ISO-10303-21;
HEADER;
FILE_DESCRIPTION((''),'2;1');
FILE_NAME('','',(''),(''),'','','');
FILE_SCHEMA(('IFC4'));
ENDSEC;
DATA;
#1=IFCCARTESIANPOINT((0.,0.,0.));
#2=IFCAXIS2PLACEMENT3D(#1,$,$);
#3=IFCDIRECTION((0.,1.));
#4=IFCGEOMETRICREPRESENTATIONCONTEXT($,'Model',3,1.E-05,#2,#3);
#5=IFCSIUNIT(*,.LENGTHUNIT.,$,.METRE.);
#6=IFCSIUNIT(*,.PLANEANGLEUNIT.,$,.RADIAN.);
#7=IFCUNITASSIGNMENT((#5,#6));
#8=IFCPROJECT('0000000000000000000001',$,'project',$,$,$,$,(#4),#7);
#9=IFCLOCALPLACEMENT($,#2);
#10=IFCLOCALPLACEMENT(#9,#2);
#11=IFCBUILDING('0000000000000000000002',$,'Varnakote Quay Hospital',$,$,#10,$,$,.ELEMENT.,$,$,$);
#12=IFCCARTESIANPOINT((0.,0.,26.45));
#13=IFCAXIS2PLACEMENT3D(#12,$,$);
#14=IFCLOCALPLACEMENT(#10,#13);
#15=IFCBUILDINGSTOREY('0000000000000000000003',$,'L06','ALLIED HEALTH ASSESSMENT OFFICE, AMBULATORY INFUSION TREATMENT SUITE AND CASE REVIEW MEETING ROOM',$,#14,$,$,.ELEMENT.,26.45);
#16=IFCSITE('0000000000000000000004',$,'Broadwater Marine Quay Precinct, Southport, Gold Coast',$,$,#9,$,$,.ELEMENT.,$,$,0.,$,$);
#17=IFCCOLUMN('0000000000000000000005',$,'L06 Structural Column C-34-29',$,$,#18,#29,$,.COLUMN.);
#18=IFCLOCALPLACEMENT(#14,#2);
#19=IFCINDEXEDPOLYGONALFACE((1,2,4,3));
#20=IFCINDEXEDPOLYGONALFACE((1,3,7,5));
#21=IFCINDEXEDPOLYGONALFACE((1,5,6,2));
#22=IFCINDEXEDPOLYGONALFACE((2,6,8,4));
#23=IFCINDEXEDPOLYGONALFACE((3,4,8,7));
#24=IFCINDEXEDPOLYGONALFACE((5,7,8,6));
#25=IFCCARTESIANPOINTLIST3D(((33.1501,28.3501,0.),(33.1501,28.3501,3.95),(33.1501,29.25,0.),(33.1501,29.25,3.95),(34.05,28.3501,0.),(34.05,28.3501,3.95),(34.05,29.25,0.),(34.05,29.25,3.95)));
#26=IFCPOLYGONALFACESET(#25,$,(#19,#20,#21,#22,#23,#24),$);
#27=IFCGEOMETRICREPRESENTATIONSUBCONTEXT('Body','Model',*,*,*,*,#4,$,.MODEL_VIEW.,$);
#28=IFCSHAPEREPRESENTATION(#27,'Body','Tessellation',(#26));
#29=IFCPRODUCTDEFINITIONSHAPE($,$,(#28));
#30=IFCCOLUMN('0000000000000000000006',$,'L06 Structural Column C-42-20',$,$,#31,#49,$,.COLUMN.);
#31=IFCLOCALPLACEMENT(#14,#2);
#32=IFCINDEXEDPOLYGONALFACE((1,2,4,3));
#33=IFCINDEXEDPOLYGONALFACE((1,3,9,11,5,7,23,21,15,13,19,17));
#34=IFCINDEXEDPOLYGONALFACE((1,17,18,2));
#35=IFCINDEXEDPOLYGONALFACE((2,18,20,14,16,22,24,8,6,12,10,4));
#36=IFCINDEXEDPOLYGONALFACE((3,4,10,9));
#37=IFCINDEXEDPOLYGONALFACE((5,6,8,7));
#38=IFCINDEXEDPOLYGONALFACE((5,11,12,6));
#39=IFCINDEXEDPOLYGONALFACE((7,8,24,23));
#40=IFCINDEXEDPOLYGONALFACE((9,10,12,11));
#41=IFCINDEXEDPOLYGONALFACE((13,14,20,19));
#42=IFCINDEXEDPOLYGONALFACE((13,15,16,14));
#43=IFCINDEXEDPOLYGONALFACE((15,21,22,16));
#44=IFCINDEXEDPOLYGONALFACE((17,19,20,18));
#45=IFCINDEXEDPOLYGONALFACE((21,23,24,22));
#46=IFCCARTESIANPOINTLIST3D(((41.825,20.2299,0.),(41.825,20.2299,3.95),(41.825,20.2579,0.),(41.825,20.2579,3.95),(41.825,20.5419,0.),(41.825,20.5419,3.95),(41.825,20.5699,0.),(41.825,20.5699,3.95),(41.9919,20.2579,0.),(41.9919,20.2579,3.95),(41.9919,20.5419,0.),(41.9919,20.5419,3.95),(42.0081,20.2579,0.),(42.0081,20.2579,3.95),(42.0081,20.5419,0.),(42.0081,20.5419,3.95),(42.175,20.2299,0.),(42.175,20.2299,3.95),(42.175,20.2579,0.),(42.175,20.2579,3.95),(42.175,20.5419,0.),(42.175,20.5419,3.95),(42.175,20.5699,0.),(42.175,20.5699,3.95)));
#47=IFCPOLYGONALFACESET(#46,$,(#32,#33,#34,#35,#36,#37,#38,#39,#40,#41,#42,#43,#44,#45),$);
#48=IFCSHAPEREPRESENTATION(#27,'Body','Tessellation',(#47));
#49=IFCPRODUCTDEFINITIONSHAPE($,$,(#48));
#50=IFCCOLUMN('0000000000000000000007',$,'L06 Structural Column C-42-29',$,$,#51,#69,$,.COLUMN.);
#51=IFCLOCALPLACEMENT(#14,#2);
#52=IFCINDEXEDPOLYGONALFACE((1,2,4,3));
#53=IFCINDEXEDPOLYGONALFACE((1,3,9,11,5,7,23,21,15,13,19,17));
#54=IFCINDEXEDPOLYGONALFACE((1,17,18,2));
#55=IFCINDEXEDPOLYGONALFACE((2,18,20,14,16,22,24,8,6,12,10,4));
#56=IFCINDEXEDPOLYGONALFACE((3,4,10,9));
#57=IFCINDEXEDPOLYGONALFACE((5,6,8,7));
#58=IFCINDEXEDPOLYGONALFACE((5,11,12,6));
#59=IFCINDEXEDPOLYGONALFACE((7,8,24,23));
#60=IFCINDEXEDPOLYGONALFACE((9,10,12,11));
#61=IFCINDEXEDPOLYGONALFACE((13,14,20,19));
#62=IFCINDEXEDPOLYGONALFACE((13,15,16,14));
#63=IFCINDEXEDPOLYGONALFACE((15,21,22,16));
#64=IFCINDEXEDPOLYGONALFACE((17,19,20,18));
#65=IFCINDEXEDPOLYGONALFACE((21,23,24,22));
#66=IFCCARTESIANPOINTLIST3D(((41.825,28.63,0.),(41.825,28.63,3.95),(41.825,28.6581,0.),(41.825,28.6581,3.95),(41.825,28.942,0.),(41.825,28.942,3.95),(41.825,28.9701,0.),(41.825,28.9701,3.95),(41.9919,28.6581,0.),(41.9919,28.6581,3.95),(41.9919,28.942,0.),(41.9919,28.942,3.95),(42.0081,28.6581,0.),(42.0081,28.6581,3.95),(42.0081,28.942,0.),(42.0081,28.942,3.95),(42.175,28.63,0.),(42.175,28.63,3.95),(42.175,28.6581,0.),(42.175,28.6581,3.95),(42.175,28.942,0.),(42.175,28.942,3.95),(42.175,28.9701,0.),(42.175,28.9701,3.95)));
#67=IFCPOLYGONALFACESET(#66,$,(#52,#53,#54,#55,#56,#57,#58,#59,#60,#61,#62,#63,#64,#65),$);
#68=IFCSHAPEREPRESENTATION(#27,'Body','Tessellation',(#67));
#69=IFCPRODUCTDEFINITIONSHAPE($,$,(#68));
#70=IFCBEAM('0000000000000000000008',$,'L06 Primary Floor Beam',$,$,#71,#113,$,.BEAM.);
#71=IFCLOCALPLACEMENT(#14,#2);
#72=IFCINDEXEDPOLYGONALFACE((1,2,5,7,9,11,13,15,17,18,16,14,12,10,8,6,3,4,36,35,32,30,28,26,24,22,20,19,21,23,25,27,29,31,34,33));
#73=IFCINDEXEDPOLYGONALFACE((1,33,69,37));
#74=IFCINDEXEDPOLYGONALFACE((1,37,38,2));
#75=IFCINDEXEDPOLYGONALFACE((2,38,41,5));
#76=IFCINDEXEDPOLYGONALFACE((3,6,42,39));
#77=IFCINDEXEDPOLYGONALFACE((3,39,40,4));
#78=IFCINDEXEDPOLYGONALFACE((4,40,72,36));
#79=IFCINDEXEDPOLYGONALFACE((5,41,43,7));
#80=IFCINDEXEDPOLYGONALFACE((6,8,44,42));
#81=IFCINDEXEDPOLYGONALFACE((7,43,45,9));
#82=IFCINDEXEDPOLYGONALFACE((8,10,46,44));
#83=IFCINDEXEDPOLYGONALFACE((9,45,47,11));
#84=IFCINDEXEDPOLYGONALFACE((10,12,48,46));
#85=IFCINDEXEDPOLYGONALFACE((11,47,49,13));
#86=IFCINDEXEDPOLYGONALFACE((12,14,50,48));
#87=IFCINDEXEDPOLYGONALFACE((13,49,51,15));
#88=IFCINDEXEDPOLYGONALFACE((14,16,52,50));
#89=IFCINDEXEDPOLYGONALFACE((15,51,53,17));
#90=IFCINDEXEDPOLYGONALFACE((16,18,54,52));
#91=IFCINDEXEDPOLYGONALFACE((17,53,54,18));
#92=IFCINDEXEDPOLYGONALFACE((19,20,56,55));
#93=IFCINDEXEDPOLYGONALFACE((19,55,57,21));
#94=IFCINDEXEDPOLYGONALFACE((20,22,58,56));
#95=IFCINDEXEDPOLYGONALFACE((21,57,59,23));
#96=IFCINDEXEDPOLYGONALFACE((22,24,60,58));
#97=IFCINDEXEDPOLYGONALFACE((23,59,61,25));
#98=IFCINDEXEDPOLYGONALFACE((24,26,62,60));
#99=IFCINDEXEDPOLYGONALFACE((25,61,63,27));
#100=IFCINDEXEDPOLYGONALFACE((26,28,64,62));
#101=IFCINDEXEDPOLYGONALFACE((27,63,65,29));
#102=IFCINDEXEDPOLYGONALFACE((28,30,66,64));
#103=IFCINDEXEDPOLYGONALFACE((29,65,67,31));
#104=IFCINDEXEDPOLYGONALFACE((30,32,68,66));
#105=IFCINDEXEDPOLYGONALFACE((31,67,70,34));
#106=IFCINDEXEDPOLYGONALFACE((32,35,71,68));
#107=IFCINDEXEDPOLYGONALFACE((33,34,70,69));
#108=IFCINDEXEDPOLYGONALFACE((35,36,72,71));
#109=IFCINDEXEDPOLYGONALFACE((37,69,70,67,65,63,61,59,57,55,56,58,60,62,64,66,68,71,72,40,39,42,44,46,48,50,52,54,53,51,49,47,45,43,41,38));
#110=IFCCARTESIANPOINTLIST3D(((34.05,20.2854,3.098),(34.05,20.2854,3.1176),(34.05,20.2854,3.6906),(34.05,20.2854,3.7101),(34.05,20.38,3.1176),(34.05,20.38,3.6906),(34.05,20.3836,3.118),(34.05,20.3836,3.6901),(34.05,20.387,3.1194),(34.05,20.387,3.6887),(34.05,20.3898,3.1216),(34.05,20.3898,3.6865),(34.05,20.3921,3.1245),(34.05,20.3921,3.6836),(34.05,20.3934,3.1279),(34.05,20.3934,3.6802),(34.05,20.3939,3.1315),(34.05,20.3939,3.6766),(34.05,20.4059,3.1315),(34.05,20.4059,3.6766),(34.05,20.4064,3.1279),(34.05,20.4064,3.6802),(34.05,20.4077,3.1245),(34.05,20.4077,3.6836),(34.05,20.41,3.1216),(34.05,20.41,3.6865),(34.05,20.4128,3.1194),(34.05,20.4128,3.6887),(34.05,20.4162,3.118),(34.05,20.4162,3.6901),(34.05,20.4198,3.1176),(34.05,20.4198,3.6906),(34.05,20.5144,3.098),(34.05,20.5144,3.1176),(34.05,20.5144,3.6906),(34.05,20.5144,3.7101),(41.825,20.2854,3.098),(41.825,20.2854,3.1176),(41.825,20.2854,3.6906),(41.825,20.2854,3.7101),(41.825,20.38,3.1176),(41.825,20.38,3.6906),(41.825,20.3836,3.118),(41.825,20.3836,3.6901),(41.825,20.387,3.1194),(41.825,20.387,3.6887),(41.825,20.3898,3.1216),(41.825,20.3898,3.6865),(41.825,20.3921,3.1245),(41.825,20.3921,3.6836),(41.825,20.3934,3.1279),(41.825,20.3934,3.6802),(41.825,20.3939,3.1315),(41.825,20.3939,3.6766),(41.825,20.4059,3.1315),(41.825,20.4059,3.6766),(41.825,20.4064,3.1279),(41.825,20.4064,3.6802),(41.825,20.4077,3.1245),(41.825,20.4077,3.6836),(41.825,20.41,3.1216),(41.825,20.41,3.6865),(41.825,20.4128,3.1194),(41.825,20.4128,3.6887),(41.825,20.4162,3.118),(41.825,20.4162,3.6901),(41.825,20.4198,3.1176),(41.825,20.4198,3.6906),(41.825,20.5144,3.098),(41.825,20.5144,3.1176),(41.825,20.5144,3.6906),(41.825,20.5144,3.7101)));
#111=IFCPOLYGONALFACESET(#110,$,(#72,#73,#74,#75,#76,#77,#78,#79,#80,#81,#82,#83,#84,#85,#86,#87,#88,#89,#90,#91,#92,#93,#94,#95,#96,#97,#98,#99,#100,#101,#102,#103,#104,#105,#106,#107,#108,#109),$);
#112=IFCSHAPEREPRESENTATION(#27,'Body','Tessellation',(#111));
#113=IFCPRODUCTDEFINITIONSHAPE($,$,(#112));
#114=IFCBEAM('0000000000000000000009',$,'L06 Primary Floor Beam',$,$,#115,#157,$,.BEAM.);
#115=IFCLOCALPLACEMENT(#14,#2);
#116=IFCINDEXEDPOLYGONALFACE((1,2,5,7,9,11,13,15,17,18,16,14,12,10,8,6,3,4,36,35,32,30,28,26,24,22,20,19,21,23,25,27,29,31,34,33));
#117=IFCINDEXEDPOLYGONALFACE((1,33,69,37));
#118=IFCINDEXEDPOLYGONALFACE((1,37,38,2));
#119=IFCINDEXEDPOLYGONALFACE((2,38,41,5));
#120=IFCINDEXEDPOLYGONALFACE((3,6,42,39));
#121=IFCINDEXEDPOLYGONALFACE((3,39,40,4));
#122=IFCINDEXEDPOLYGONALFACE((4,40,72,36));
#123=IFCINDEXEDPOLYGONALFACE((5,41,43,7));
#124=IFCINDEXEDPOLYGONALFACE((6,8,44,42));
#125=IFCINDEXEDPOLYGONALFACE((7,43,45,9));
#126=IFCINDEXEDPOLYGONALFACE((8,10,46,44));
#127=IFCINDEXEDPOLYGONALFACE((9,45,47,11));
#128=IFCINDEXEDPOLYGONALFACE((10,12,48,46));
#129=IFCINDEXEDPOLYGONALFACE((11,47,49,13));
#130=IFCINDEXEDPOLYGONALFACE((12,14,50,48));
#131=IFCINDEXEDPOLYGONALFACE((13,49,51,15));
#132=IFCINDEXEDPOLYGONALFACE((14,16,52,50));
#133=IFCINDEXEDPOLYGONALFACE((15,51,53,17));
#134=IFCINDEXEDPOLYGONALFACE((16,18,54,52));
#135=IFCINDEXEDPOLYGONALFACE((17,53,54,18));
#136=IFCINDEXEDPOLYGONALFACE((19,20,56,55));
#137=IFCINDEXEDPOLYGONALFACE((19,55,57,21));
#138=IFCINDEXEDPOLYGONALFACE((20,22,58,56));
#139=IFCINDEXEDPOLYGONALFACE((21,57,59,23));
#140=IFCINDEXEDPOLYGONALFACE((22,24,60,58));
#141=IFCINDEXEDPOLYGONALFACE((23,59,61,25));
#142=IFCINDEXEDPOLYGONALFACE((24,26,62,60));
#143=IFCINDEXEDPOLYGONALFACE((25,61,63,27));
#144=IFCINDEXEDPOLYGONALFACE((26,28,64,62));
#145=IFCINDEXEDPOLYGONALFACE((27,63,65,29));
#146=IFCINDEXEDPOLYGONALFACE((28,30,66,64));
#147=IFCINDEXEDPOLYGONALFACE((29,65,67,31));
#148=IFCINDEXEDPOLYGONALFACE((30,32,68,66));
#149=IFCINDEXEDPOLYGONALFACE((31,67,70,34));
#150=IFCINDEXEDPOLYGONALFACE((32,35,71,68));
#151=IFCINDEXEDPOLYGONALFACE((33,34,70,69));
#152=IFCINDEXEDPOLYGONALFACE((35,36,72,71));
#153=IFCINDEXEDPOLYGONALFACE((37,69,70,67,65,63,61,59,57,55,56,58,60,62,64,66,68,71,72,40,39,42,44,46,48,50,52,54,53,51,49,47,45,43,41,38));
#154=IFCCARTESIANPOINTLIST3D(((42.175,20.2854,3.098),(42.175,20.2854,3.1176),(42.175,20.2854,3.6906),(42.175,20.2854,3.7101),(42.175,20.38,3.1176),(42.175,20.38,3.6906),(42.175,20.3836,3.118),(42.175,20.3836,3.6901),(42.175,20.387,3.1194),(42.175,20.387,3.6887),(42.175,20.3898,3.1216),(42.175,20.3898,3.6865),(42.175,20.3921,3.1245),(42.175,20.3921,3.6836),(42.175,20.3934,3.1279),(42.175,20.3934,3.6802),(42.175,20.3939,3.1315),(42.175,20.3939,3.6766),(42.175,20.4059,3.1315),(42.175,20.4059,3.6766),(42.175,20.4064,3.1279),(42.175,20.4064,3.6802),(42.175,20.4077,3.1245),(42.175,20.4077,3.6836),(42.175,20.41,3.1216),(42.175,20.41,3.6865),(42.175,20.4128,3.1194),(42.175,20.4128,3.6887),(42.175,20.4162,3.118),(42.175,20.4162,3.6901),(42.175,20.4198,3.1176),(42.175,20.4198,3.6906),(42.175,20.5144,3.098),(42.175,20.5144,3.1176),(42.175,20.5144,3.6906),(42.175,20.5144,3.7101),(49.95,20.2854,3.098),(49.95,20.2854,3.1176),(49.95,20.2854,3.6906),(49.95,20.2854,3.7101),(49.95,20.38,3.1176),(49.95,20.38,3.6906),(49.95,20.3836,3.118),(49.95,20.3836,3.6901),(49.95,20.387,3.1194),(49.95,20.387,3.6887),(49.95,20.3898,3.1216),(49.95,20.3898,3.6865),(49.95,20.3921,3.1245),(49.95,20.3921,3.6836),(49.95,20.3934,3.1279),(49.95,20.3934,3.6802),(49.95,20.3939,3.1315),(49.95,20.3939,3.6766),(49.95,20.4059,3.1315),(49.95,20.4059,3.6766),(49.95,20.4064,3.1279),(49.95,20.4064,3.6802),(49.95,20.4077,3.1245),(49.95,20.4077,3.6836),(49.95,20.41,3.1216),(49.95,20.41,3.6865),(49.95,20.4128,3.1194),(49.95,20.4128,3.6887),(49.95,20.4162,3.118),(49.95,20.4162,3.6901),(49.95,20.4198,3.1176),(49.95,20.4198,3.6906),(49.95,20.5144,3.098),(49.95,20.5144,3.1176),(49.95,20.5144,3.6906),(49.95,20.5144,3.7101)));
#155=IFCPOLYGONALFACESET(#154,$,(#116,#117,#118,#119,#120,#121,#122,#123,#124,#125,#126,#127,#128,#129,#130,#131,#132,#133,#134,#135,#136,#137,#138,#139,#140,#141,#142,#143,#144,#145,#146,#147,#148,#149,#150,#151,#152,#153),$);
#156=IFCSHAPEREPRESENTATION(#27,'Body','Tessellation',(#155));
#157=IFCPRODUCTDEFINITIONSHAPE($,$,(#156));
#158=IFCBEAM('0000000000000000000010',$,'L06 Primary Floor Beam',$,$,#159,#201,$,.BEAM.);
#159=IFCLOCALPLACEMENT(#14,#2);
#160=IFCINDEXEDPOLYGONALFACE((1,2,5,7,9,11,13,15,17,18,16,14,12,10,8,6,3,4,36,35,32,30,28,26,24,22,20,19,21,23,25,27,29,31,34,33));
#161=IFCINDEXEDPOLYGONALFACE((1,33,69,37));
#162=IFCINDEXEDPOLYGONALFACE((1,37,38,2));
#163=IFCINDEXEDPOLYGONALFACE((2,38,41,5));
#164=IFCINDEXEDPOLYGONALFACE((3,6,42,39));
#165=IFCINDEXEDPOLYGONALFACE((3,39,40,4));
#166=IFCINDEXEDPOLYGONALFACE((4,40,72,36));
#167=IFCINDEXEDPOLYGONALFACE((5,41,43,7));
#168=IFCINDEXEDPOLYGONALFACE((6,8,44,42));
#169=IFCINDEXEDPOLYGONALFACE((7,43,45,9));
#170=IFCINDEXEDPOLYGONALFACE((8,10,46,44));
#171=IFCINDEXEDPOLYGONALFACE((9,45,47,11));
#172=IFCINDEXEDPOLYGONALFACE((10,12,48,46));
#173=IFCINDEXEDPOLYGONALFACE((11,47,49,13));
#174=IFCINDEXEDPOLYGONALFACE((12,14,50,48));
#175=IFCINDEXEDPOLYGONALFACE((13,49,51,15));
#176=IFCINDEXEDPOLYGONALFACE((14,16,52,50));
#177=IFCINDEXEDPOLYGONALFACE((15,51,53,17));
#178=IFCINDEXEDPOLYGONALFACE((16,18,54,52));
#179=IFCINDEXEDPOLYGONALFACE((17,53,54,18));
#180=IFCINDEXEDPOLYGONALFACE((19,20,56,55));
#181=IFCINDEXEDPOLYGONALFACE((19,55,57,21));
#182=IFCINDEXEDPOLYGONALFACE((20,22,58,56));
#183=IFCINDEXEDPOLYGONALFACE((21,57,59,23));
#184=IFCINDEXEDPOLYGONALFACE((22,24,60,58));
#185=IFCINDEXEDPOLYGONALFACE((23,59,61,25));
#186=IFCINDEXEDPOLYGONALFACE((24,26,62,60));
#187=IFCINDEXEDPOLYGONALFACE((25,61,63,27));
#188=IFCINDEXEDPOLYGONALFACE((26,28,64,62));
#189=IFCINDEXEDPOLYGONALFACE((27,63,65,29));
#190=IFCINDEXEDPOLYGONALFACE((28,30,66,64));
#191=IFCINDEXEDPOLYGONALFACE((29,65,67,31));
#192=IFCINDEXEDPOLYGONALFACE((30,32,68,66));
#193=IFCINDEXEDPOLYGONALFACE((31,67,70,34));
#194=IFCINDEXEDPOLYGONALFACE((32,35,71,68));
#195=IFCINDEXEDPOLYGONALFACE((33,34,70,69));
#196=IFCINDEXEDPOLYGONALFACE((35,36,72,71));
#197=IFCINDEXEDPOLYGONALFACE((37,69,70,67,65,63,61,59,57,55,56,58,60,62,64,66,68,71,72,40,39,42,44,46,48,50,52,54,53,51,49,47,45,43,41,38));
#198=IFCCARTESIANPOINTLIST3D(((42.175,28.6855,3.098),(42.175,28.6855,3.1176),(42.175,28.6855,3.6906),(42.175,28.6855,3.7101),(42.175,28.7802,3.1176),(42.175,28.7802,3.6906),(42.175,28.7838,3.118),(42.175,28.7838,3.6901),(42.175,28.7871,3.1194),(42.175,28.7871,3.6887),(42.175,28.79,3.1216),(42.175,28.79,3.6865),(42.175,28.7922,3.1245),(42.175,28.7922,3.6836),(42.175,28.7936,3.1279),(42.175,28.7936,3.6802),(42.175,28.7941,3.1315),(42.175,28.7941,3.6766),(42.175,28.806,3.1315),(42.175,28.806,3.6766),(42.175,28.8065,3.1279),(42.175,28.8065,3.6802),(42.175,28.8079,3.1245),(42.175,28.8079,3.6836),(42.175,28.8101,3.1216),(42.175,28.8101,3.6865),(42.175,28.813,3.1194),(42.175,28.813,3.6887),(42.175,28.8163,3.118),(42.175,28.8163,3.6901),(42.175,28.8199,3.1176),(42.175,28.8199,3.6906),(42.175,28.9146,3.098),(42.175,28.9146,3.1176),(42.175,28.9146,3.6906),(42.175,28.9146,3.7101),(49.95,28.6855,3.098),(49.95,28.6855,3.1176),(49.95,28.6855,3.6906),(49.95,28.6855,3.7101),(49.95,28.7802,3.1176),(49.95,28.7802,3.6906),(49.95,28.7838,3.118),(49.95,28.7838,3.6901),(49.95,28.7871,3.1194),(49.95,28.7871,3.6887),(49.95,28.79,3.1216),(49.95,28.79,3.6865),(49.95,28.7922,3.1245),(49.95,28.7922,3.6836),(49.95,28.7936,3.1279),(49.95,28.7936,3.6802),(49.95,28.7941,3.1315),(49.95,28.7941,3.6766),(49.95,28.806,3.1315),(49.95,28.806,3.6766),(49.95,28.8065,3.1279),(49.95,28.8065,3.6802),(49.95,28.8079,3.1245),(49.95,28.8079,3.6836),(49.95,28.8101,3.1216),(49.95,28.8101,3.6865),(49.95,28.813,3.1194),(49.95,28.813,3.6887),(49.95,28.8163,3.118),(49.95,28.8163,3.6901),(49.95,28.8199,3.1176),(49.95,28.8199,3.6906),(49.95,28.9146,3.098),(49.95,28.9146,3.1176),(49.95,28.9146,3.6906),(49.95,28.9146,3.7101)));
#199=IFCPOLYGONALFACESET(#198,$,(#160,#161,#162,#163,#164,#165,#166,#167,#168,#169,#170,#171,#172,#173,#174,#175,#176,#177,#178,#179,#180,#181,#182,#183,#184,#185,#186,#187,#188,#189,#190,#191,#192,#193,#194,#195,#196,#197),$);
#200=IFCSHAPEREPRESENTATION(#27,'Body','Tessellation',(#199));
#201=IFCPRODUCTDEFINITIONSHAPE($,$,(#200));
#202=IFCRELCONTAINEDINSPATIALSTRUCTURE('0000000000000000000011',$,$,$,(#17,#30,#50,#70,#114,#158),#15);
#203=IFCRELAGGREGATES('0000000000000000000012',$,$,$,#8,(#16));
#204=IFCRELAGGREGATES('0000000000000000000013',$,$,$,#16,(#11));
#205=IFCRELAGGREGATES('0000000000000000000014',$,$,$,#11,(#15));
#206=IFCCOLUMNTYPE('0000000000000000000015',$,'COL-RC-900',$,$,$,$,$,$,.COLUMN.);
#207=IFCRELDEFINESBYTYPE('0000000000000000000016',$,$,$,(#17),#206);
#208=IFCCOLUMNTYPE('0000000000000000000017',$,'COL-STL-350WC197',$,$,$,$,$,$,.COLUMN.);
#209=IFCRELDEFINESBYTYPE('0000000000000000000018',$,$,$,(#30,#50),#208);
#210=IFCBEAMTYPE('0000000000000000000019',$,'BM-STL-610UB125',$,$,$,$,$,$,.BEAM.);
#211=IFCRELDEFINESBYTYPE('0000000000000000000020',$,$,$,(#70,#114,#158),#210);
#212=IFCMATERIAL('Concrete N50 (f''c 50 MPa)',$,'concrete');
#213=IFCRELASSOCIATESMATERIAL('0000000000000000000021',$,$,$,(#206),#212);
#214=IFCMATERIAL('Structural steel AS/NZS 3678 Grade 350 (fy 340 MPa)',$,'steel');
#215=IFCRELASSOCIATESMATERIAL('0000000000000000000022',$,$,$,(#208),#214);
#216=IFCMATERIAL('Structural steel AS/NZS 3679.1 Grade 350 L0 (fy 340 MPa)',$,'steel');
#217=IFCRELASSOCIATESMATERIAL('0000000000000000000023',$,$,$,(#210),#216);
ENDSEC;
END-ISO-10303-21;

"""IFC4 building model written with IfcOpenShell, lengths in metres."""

from ifc_helpers import new_model, si_unit, direction, frame, origin, origin_2d, place, context, subcontext, project, spatial, rectangle, i_section, extrude, material, material_profile, profile_set, type_object, element, save


model = new_model("IFC4")

# Units and contexts
model_context = context("Model", 3, precision=1e-05, world=origin(), true_north=direction((0.0, 1.0)))
body_context = subcontext(model_context, "Body", "Model", "MODEL_VIEW")
ifc_project = project(units=[si_unit("LENGTHUNIT", "METRE"), si_unit("PLANEANGLEUNIT", "RADIAN")], contexts=[model_context])

# Site, building, storey
site_placement = place(None, origin())
site = spatial("IfcSite", under=ifc_project, at=site_placement, Name="Broadwater Marine Quay Precinct, Southport, Gold Coast", CompositionType="ELEMENT", RefElevation=0.0)
building_placement = place(site_placement, origin())
building = spatial("IfcBuilding", under=site, at=building_placement, Name="Varnakote Quay Hospital", CompositionType="ELEMENT")
storey_placement = place(building_placement, frame((0.0, 0.0, 26.45)))
storey = spatial("IfcBuildingStorey", under=building, at=storey_placement, Name="L06", Description="ALLIED HEALTH ASSESSMENT OFFICE, AMBULATORY INFUSION TREATMENT SUITE AND CASE REVIEW MEETING ROOM", CompositionType="ELEMENT", Elevation=26.45)

# Columns
ifc_material_1 = material(Name="Concrete N50 (f'c 50 MPa)", Category="concrete")
ifc_material_profile_1 = material_profile(ifc_material_1, rectangle(XDim=0.8999, YDim=0.8999, at=origin_2d()), Name="RC-COL-900x900")
ifc_profile_set_1 = profile_set([ifc_material_profile_1], Name="Concrete N50 (f'c 50 MPa)")
column_type_1 = type_object("IfcColumnType", Name="COL-RC-900", PredefinedType="COLUMN", material=ifc_profile_set_1)
column_placement = place(storey_placement, frame((33.6001, 28.8, 0.0), z_axis=(0.0, 0.0, 1.0), x_axis=(1.0, 0.0, 0.0)))
element("IfcColumn", 1, at=column_placement, inside=storey, type_object=column_type_1, Name="L06 Structural Column C-34-29", PredefinedType="COLUMN", context=body_context, shape_type="SweptSolid", body=[
    extrude(rectangle(XDim=0.8999, YDim=0.8999, at=origin_2d()), origin(), (0.0, 0.0, 1.0), 3.95),
])
ifc_material_2 = material(Name="Structural steel AS/NZS 3678 Grade 350 (fy 340 MPa)", Category="steel")
ifc_material_profile_2 = material_profile(ifc_material_2, i_section(OverallWidth=0.3501, OverallDepth=0.3401, WebThickness=0.0161, FlangeThickness=0.0281, at=origin_2d()), Name="350WC197")
ifc_profile_set_2 = profile_set([ifc_material_profile_2], Name="Structural steel AS/NZS 3678 Grade 350 (fy 340 MPa)")
column_type_2 = type_object("IfcColumnType", Name="COL-STL-350WC197", PredefinedType="COLUMN", material=ifc_profile_set_2)
for number, where, z_axis, x_axis, name in (
    (2, (42.0, 20.3999, 0.0), (0.0, 0.0, 1.0), (1.0, 0.0, 0.0), "L06 Structural Column C-42-20"),
    (3, (42.0, 28.8, 0.0), (0.0, 0.0, 1.0), (1.0, 0.0, 0.0), "L06 Structural Column C-42-29"),
):
    element("IfcColumn", number, at=place(storey_placement, frame(where, z_axis=z_axis, x_axis=x_axis)), inside=storey, type_object=column_type_2, Name=name, PredefinedType="COLUMN", context=body_context, shape_type="SweptSolid", body=[
        extrude(i_section(OverallWidth=0.3501, OverallDepth=0.3401, WebThickness=0.0161, FlangeThickness=0.0281, at=origin_2d()), origin(), (0.0, 0.0, 1.0), 3.95),
    ])

# Beams
ifc_material_3 = material(Name="Structural steel AS/NZS 3679.1 Grade 350 L0 (fy 340 MPa)", Category="steel")
ifc_material_profile_3 = material_profile(ifc_material_3, i_section(OverallWidth=0.229, OverallDepth=0.6121, WebThickness=0.012, FlangeThickness=0.0195, FilletRadius=0.0139, at=origin_2d()), Name="610UB125")
ifc_profile_set_3 = profile_set([ifc_material_profile_3], Name="Structural steel AS/NZS 3679.1 Grade 350 L0 (fy 340 MPa)")
beam_type_1 = type_object("IfcBeamType", Name="BM-STL-610UB125", PredefinedType="BEAM", material=ifc_profile_set_3)
for number, where, z_axis, x_axis, name in (
    (4, (34.05, 20.3999, 3.4041), (1.0, 0.0, 0.0), (0.0, 1.0, 0.0), "L06 Primary Floor Beam"),
    (5, (42.175, 20.3999, 3.4041), (1.0, 0.0, 0.0), (0.0, 1.0, 0.0), "L06 Primary Floor Beam"),
    (6, (42.175, 28.8, 3.4041), (1.0, 0.0, 0.0), (0.0, 1.0, 0.0), "L06 Primary Floor Beam"),
):
    element("IfcBeam", number, at=place(storey_placement, frame(where, z_axis=z_axis, x_axis=x_axis)), inside=storey, type_object=beam_type_1, Name=name, PredefinedType="BEAM", context=body_context, shape_type="SweptSolid", body=[
        extrude(i_section(OverallWidth=0.229, OverallDepth=0.6121, WebThickness=0.012, FlangeThickness=0.0195, FilletRadius=0.0139, at=origin_2d()), origin(), (0.0, 0.0, 1.0), 7.7749),
    ])

save(model, "model.ifc")
